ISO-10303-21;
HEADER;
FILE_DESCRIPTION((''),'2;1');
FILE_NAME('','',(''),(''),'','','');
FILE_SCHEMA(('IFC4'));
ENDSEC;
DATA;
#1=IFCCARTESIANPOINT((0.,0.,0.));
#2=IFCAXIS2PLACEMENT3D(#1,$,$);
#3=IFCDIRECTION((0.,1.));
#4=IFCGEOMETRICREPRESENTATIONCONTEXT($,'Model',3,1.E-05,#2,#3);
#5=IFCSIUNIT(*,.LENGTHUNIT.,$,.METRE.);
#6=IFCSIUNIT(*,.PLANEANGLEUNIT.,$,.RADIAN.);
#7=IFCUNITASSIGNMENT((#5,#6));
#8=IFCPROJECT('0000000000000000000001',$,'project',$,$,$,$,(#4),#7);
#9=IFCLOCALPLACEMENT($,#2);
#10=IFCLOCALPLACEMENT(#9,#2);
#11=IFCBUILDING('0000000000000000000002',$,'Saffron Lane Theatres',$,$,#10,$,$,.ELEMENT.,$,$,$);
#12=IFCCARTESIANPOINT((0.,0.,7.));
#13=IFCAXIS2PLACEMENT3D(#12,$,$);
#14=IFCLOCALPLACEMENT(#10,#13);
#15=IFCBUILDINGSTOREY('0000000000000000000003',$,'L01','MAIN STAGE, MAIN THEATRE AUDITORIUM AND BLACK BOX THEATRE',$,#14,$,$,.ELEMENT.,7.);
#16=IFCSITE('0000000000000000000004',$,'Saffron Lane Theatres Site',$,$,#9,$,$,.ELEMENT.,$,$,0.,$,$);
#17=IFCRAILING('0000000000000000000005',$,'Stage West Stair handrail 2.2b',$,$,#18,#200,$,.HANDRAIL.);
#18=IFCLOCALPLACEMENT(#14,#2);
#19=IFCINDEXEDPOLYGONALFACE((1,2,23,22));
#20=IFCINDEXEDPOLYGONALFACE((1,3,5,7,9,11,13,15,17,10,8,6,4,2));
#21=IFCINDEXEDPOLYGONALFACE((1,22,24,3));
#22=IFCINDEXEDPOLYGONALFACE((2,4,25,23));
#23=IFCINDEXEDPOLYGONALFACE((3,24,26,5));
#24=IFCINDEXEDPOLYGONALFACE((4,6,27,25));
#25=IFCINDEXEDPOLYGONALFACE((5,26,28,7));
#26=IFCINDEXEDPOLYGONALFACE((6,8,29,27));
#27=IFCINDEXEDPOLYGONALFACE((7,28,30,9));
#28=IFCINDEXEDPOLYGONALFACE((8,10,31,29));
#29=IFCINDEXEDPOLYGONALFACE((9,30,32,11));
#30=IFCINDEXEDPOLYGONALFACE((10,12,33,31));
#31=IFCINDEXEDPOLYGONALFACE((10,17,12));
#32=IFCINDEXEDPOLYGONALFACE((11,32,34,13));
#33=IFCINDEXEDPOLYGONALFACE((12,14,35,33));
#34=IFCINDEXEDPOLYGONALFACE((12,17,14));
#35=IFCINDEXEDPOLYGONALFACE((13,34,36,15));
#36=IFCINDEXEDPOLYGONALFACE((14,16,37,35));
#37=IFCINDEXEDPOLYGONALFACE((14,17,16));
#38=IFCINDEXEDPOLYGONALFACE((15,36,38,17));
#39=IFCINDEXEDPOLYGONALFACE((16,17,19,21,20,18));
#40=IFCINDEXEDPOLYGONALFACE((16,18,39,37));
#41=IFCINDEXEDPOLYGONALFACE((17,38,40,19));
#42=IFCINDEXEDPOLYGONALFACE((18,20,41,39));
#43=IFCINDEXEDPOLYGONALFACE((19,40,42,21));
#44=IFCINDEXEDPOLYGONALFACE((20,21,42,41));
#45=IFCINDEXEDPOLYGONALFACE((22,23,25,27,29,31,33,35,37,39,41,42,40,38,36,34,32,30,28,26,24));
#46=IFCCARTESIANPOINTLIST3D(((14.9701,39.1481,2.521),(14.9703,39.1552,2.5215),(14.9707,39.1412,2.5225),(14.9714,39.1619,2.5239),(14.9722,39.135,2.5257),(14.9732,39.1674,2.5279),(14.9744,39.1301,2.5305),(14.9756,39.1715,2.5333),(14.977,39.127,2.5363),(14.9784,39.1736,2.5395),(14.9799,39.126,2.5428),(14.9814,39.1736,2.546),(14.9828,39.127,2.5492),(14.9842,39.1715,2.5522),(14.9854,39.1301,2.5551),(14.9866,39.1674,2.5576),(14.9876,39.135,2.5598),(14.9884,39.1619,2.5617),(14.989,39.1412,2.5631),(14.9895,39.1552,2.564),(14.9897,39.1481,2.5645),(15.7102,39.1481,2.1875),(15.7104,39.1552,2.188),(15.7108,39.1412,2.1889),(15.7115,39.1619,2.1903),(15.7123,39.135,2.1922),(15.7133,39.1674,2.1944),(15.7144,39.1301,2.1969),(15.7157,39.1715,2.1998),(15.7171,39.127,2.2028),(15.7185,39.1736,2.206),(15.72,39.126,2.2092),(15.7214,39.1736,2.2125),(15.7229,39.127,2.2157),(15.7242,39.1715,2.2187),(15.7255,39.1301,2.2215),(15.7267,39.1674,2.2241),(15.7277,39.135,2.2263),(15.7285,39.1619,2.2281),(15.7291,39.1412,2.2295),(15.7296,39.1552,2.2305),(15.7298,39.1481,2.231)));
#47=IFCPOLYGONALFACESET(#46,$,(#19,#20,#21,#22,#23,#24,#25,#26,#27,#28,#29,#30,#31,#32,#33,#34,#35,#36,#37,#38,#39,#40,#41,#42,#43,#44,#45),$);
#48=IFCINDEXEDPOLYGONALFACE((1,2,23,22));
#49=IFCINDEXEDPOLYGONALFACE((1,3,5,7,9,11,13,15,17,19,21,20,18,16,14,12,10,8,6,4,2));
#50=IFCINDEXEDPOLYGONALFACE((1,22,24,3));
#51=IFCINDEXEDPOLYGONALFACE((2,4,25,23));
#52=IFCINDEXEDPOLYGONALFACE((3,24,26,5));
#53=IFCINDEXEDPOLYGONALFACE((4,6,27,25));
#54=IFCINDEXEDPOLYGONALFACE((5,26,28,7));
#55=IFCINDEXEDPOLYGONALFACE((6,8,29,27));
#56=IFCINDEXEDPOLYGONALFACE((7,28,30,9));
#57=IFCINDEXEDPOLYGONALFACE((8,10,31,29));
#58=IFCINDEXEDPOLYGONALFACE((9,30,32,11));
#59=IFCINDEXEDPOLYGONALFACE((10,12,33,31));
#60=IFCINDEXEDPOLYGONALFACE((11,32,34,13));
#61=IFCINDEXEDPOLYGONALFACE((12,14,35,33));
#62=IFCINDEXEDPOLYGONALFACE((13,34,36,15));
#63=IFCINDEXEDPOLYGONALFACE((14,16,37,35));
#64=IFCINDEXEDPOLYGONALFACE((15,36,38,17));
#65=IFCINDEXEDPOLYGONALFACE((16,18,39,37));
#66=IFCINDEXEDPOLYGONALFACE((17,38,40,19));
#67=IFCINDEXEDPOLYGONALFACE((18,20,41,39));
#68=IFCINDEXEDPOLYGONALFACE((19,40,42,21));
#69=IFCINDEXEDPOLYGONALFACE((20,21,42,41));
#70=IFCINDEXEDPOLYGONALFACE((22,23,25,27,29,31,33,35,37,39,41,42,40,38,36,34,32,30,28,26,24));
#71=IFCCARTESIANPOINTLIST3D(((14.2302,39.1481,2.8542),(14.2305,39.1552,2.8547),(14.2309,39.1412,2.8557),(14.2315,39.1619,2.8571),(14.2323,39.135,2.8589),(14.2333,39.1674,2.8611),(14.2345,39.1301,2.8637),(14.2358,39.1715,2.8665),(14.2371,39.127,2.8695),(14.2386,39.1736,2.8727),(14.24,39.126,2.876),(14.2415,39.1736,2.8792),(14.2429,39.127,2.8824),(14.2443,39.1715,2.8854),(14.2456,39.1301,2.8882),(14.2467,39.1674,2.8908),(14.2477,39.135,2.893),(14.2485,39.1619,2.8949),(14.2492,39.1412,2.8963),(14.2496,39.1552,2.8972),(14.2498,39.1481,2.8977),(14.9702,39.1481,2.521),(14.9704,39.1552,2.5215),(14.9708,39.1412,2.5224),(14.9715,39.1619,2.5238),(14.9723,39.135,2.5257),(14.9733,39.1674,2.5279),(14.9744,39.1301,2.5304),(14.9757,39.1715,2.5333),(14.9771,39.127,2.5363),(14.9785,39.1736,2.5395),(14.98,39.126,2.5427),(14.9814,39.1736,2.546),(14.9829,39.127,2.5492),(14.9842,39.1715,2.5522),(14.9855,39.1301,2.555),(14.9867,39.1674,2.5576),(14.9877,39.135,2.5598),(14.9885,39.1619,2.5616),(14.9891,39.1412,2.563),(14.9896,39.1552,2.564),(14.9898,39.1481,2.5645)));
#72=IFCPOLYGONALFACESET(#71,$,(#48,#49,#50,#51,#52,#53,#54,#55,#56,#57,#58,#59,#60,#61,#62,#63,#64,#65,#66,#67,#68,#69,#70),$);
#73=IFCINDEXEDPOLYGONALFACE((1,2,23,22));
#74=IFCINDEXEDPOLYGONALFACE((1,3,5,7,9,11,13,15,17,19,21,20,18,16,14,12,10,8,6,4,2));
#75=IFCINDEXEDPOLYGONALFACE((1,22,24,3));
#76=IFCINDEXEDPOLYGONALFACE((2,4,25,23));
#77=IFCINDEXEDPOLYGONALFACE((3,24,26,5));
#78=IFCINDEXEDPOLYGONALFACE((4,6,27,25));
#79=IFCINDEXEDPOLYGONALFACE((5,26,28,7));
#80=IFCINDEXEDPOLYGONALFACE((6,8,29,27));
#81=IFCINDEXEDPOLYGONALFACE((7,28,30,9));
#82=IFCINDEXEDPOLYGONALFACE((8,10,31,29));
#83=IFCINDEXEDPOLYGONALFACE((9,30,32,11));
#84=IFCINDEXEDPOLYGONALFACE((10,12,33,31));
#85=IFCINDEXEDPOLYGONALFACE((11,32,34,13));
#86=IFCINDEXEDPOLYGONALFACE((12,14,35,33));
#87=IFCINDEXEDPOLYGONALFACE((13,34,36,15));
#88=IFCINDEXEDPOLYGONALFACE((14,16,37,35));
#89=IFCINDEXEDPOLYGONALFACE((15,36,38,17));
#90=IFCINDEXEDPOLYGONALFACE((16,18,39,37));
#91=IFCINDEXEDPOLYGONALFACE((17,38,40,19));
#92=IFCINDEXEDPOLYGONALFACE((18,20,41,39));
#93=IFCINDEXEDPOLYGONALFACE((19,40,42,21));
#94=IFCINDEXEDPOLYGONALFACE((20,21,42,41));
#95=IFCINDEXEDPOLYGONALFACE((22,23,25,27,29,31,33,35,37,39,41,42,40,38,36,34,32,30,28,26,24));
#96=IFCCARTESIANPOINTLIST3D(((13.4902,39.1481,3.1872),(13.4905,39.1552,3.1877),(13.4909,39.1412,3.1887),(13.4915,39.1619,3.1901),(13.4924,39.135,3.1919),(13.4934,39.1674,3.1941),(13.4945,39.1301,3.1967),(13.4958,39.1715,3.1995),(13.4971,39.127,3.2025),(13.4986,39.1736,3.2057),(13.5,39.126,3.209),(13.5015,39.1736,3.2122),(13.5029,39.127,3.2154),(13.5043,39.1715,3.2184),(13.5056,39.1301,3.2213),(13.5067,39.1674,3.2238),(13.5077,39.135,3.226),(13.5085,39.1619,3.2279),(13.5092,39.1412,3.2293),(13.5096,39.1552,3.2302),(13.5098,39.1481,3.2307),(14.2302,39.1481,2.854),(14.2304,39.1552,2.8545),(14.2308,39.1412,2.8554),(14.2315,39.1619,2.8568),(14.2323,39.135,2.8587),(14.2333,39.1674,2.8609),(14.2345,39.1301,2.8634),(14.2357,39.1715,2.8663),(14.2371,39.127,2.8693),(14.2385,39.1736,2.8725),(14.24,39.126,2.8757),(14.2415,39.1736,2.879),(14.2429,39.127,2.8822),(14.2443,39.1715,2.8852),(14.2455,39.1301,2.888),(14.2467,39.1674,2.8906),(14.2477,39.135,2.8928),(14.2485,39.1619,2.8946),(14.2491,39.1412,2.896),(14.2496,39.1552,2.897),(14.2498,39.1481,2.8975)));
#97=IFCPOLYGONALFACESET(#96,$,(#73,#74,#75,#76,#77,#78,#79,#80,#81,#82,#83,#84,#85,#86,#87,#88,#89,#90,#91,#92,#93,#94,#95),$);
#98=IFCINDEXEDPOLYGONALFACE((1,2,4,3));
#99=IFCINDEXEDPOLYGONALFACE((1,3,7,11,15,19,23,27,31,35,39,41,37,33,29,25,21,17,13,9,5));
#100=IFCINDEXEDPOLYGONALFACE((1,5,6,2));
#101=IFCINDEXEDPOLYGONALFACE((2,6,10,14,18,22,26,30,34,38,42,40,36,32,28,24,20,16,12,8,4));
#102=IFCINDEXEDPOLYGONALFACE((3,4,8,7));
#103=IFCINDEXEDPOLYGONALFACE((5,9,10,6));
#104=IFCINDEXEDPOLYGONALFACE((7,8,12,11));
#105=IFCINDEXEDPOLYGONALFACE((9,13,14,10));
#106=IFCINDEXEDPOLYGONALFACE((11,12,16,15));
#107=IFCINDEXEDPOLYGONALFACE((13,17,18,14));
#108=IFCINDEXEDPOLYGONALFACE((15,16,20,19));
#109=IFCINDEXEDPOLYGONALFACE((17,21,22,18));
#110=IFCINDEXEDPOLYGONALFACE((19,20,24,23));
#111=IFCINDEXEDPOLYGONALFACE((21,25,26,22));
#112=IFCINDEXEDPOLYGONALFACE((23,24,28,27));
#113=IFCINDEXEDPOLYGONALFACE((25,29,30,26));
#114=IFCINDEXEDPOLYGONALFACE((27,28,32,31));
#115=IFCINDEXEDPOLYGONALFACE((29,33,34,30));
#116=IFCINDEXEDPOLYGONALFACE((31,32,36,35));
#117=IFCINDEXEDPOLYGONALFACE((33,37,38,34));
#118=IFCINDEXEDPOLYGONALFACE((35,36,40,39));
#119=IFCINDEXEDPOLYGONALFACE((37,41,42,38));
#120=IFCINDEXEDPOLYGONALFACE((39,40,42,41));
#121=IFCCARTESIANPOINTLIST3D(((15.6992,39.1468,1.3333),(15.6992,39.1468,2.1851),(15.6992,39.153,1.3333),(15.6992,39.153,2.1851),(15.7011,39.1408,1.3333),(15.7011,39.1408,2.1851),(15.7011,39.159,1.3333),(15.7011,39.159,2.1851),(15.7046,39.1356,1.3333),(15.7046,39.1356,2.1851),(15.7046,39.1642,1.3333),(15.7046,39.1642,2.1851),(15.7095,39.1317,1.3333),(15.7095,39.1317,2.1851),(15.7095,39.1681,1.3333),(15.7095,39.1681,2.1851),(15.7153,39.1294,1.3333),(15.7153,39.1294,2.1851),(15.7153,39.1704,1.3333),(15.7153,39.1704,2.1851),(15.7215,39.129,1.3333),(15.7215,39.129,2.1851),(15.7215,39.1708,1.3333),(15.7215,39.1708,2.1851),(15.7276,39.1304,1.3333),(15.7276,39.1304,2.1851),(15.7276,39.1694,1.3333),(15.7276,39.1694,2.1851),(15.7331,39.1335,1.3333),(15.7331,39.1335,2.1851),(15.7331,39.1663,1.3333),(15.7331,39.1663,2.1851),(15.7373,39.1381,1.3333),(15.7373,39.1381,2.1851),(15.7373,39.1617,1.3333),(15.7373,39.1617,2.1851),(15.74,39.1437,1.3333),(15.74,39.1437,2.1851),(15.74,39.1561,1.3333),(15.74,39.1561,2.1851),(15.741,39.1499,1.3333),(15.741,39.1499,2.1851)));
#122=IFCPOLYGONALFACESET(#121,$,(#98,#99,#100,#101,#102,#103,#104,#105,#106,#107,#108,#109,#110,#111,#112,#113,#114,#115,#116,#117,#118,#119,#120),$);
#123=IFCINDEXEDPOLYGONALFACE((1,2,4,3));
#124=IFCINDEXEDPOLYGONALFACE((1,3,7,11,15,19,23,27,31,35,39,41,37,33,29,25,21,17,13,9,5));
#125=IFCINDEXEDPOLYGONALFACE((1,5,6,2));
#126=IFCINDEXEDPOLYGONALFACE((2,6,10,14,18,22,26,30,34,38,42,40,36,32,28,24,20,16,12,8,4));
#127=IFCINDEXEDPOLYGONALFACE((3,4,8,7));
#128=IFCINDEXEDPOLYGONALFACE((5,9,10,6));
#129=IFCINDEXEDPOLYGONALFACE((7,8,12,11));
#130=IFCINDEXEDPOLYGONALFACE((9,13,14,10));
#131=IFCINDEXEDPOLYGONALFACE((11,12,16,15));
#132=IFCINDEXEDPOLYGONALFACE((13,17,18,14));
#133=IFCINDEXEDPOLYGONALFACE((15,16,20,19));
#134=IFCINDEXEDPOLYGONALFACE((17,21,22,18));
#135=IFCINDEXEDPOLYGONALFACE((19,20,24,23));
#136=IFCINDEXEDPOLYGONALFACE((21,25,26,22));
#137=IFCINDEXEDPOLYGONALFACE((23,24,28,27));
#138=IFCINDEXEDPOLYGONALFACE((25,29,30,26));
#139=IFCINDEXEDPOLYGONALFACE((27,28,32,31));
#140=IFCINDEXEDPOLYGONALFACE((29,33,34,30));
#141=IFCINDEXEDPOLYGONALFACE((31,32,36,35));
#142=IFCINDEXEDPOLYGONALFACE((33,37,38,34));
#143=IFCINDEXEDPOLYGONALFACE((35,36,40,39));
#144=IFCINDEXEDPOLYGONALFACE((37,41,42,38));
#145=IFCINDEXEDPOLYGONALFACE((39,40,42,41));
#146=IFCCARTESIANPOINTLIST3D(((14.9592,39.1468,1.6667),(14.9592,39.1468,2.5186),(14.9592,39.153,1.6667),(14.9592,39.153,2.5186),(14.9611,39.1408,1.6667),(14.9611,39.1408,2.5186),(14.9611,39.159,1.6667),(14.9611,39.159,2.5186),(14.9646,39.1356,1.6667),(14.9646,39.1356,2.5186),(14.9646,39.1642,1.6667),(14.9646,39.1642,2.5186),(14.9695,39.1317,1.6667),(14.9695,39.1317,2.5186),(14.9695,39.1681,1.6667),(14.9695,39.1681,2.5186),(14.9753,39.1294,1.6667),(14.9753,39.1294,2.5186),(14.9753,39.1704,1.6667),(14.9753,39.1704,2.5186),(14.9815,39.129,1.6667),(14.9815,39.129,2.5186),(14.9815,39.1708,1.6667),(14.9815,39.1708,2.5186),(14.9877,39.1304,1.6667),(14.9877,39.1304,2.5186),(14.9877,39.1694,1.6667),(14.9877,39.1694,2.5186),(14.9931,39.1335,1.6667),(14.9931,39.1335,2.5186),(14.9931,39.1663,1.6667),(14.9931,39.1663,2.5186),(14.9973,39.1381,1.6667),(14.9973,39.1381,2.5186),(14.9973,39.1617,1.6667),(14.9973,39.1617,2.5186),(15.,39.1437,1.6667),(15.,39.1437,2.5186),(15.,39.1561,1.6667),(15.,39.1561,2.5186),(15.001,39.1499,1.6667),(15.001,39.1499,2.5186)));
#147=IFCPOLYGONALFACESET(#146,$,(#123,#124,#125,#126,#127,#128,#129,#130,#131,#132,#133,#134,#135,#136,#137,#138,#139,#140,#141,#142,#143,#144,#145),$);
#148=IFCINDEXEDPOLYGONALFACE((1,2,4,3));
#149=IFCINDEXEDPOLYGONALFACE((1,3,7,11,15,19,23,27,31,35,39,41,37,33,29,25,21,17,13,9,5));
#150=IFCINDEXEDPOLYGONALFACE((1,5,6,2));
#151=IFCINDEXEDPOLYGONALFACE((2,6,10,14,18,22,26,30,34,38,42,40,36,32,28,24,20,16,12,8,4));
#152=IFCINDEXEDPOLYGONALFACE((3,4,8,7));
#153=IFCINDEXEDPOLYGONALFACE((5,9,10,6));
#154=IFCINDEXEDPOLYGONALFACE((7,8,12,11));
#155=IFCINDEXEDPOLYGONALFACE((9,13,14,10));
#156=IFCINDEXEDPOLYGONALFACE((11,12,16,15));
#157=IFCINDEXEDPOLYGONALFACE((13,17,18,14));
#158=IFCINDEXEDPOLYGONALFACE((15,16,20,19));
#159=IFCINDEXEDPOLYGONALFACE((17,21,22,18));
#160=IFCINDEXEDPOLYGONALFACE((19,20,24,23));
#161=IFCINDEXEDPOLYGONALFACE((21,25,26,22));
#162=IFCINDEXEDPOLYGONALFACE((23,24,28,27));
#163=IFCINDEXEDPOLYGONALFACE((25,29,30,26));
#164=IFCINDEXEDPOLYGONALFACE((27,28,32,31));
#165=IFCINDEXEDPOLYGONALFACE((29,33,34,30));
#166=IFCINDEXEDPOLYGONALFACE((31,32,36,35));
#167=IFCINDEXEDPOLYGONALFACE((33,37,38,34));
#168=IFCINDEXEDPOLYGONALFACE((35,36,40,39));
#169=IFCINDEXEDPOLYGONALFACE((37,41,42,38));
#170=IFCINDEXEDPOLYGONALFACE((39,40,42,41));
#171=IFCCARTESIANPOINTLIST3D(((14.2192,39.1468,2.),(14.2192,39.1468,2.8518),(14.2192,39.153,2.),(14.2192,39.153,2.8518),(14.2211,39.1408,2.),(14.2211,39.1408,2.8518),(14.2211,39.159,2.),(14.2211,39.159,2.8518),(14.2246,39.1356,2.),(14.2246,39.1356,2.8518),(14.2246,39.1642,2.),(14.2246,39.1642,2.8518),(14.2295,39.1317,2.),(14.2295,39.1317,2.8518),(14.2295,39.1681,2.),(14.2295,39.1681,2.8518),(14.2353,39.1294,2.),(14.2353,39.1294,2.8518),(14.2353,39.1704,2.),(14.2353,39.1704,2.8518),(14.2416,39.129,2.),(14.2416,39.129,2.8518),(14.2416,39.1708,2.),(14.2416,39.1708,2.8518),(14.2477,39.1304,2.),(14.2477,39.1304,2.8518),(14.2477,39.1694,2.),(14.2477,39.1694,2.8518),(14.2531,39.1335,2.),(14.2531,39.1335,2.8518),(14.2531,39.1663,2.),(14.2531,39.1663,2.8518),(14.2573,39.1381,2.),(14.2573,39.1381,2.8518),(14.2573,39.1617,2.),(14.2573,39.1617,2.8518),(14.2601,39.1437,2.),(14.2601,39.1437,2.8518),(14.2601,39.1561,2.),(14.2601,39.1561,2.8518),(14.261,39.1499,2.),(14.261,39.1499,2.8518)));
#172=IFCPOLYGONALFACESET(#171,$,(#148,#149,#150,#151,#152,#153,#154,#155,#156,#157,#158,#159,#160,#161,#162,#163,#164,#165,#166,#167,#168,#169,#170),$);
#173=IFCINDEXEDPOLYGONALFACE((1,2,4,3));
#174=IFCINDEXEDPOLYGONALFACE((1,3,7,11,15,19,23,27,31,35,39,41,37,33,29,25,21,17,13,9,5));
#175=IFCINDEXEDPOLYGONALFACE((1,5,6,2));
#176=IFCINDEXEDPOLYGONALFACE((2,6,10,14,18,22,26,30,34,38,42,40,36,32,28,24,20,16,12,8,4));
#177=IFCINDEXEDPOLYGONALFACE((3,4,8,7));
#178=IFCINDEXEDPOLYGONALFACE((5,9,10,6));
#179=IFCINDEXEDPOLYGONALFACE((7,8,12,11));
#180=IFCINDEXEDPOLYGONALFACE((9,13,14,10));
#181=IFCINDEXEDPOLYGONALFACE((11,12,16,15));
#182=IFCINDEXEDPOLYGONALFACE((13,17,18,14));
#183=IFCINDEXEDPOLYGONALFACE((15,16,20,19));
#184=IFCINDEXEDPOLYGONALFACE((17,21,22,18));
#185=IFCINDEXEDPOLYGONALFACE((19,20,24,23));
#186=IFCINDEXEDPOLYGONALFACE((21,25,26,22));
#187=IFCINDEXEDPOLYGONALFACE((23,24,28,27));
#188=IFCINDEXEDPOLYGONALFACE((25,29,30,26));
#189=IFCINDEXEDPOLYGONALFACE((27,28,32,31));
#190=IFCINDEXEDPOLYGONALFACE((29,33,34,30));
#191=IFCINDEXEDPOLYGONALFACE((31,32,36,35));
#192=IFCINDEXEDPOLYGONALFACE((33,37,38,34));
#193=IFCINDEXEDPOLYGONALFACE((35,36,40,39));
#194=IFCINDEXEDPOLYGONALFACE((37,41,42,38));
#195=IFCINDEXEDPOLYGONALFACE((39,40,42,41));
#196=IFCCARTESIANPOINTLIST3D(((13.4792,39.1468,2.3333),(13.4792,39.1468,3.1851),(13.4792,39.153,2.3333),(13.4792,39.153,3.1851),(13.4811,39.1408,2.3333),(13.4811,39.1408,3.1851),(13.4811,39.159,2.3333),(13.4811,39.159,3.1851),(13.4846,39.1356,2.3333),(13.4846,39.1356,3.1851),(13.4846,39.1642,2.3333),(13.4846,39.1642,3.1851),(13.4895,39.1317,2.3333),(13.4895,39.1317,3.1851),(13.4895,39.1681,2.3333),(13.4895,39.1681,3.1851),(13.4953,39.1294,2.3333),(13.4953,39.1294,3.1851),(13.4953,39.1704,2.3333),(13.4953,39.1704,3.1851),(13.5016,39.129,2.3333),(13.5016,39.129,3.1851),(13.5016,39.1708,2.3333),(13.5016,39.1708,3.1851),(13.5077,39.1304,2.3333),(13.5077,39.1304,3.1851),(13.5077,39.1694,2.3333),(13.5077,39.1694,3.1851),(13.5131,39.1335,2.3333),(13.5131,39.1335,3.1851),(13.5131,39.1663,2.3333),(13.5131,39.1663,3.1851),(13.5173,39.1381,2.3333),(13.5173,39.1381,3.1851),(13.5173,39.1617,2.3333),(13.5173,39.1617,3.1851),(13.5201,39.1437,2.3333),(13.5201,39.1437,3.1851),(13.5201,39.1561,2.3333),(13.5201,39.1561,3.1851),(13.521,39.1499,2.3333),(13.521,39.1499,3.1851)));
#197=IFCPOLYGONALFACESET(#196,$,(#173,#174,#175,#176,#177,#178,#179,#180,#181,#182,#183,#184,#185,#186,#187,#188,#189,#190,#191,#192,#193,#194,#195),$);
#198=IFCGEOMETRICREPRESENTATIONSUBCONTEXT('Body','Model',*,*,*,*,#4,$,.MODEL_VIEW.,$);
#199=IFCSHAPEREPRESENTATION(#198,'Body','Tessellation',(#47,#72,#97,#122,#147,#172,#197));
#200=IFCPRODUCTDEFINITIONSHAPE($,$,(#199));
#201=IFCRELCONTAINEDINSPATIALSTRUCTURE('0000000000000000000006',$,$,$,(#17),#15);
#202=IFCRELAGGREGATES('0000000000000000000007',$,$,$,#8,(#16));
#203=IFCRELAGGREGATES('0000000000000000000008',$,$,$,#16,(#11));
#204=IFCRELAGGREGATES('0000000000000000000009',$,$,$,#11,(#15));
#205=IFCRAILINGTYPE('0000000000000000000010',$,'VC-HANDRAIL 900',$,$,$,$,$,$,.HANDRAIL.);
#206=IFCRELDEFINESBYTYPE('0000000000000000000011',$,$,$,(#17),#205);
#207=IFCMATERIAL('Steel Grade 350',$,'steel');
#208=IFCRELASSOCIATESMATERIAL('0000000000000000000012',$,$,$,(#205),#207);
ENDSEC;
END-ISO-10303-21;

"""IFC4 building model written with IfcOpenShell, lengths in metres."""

from ifc_helpers import new_model, si_unit, direction, frame, origin, origin_2d, place, context, subcontext, project, spatial, circle, extrude, material, type_object, element, save


model = new_model("IFC4")

# Units and contexts
model_context = context("Model", 3, precision=1e-05, world=origin(), true_north=direction((0.0, 1.0)))
body_context = subcontext(model_context, "Body", "Model", "MODEL_VIEW")
ifc_project = project(units=[si_unit("LENGTHUNIT", "METRE"), si_unit("PLANEANGLEUNIT", "RADIAN")], contexts=[model_context])

# Site, building, storey
site_placement = place(None, origin())
site = spatial("IfcSite", under=ifc_project, at=site_placement, Name="Saffron Lane Theatres Site", CompositionType="ELEMENT", RefElevation=0.0)
building_placement = place(site_placement, origin())
building = spatial("IfcBuilding", under=site, at=building_placement, Name="Saffron Lane Theatres", CompositionType="ELEMENT")
storey_placement = place(building_placement, frame((0.0, 0.0, 7.0)))
storey = spatial("IfcBuildingStorey", under=building, at=storey_placement, Name="L01", Description="MAIN STAGE, MAIN THEATRE AUDITORIUM AND BLACK BOX THEATRE", CompositionType="ELEMENT", Elevation=7.0)

# Railing
ifc_material_1 = material(Name="Steel Grade 350", Category="steel")
railing_type_1 = type_object("IfcRailingType", Name="VC-HANDRAIL 900", PredefinedType="HANDRAIL", material=ifc_material_1)
for number, where, name in (
    (1, (15.72, 39.1499, 1.3333), "Stage West Stair handrail 2.2b"),
):
    element("IfcRailing", number, at=place(storey_placement, frame(where)), inside=storey, type_object=railing_type_1, Name=name, PredefinedType="HANDRAIL", context=body_context, shape_type="SweptSolid", body=[
        extrude(circle(Radius=0.0239, at=origin_2d()), frame((0.0, 0.0, 0.876), z_axis=(-0.911691, 0.0, 0.410877), x_axis=(0.0, -1.0, 0.0)), (0.0, 0.0, 1.0), 0.8118),
        extrude(circle(Radius=0.0239, at=origin_2d()), frame((-0.74, 0.0, 1.2095), z_axis=(-0.911803, 0.0, 0.410627), x_axis=(0.0, -1.0, 0.0)), (0.0, 0.0, 1.0), 0.8115),
        extrude(circle(Radius=0.0239, at=origin_2d()), frame((-1.48, 0.0, 1.5425), z_axis=(-0.911803, 0.0, 0.410627), x_axis=(0.0, -1.0, 0.0)), (0.0, 0.0, 1.0), 0.8115),
        extrude(circle(Radius=0.021, at=origin_2d()), origin(), (0.0, 0.0, 1.0), 0.8518),
        extrude(circle(Radius=0.021, at=origin_2d()), frame((-0.74, 0.0, 0.3335)), (0.0, 0.0, 1.0), 0.8518),
        extrude(circle(Radius=0.021, at=origin_2d()), frame((-1.48, 0.0, 0.6667)), (0.0, 0.0, 1.0), 0.8518),
        extrude(circle(Radius=0.021, at=origin_2d()), frame((-2.22, 0.0, 1.0)), (0.0, 0.0, 1.0), 0.8518),
    ])

save(model, "model.ifc")
